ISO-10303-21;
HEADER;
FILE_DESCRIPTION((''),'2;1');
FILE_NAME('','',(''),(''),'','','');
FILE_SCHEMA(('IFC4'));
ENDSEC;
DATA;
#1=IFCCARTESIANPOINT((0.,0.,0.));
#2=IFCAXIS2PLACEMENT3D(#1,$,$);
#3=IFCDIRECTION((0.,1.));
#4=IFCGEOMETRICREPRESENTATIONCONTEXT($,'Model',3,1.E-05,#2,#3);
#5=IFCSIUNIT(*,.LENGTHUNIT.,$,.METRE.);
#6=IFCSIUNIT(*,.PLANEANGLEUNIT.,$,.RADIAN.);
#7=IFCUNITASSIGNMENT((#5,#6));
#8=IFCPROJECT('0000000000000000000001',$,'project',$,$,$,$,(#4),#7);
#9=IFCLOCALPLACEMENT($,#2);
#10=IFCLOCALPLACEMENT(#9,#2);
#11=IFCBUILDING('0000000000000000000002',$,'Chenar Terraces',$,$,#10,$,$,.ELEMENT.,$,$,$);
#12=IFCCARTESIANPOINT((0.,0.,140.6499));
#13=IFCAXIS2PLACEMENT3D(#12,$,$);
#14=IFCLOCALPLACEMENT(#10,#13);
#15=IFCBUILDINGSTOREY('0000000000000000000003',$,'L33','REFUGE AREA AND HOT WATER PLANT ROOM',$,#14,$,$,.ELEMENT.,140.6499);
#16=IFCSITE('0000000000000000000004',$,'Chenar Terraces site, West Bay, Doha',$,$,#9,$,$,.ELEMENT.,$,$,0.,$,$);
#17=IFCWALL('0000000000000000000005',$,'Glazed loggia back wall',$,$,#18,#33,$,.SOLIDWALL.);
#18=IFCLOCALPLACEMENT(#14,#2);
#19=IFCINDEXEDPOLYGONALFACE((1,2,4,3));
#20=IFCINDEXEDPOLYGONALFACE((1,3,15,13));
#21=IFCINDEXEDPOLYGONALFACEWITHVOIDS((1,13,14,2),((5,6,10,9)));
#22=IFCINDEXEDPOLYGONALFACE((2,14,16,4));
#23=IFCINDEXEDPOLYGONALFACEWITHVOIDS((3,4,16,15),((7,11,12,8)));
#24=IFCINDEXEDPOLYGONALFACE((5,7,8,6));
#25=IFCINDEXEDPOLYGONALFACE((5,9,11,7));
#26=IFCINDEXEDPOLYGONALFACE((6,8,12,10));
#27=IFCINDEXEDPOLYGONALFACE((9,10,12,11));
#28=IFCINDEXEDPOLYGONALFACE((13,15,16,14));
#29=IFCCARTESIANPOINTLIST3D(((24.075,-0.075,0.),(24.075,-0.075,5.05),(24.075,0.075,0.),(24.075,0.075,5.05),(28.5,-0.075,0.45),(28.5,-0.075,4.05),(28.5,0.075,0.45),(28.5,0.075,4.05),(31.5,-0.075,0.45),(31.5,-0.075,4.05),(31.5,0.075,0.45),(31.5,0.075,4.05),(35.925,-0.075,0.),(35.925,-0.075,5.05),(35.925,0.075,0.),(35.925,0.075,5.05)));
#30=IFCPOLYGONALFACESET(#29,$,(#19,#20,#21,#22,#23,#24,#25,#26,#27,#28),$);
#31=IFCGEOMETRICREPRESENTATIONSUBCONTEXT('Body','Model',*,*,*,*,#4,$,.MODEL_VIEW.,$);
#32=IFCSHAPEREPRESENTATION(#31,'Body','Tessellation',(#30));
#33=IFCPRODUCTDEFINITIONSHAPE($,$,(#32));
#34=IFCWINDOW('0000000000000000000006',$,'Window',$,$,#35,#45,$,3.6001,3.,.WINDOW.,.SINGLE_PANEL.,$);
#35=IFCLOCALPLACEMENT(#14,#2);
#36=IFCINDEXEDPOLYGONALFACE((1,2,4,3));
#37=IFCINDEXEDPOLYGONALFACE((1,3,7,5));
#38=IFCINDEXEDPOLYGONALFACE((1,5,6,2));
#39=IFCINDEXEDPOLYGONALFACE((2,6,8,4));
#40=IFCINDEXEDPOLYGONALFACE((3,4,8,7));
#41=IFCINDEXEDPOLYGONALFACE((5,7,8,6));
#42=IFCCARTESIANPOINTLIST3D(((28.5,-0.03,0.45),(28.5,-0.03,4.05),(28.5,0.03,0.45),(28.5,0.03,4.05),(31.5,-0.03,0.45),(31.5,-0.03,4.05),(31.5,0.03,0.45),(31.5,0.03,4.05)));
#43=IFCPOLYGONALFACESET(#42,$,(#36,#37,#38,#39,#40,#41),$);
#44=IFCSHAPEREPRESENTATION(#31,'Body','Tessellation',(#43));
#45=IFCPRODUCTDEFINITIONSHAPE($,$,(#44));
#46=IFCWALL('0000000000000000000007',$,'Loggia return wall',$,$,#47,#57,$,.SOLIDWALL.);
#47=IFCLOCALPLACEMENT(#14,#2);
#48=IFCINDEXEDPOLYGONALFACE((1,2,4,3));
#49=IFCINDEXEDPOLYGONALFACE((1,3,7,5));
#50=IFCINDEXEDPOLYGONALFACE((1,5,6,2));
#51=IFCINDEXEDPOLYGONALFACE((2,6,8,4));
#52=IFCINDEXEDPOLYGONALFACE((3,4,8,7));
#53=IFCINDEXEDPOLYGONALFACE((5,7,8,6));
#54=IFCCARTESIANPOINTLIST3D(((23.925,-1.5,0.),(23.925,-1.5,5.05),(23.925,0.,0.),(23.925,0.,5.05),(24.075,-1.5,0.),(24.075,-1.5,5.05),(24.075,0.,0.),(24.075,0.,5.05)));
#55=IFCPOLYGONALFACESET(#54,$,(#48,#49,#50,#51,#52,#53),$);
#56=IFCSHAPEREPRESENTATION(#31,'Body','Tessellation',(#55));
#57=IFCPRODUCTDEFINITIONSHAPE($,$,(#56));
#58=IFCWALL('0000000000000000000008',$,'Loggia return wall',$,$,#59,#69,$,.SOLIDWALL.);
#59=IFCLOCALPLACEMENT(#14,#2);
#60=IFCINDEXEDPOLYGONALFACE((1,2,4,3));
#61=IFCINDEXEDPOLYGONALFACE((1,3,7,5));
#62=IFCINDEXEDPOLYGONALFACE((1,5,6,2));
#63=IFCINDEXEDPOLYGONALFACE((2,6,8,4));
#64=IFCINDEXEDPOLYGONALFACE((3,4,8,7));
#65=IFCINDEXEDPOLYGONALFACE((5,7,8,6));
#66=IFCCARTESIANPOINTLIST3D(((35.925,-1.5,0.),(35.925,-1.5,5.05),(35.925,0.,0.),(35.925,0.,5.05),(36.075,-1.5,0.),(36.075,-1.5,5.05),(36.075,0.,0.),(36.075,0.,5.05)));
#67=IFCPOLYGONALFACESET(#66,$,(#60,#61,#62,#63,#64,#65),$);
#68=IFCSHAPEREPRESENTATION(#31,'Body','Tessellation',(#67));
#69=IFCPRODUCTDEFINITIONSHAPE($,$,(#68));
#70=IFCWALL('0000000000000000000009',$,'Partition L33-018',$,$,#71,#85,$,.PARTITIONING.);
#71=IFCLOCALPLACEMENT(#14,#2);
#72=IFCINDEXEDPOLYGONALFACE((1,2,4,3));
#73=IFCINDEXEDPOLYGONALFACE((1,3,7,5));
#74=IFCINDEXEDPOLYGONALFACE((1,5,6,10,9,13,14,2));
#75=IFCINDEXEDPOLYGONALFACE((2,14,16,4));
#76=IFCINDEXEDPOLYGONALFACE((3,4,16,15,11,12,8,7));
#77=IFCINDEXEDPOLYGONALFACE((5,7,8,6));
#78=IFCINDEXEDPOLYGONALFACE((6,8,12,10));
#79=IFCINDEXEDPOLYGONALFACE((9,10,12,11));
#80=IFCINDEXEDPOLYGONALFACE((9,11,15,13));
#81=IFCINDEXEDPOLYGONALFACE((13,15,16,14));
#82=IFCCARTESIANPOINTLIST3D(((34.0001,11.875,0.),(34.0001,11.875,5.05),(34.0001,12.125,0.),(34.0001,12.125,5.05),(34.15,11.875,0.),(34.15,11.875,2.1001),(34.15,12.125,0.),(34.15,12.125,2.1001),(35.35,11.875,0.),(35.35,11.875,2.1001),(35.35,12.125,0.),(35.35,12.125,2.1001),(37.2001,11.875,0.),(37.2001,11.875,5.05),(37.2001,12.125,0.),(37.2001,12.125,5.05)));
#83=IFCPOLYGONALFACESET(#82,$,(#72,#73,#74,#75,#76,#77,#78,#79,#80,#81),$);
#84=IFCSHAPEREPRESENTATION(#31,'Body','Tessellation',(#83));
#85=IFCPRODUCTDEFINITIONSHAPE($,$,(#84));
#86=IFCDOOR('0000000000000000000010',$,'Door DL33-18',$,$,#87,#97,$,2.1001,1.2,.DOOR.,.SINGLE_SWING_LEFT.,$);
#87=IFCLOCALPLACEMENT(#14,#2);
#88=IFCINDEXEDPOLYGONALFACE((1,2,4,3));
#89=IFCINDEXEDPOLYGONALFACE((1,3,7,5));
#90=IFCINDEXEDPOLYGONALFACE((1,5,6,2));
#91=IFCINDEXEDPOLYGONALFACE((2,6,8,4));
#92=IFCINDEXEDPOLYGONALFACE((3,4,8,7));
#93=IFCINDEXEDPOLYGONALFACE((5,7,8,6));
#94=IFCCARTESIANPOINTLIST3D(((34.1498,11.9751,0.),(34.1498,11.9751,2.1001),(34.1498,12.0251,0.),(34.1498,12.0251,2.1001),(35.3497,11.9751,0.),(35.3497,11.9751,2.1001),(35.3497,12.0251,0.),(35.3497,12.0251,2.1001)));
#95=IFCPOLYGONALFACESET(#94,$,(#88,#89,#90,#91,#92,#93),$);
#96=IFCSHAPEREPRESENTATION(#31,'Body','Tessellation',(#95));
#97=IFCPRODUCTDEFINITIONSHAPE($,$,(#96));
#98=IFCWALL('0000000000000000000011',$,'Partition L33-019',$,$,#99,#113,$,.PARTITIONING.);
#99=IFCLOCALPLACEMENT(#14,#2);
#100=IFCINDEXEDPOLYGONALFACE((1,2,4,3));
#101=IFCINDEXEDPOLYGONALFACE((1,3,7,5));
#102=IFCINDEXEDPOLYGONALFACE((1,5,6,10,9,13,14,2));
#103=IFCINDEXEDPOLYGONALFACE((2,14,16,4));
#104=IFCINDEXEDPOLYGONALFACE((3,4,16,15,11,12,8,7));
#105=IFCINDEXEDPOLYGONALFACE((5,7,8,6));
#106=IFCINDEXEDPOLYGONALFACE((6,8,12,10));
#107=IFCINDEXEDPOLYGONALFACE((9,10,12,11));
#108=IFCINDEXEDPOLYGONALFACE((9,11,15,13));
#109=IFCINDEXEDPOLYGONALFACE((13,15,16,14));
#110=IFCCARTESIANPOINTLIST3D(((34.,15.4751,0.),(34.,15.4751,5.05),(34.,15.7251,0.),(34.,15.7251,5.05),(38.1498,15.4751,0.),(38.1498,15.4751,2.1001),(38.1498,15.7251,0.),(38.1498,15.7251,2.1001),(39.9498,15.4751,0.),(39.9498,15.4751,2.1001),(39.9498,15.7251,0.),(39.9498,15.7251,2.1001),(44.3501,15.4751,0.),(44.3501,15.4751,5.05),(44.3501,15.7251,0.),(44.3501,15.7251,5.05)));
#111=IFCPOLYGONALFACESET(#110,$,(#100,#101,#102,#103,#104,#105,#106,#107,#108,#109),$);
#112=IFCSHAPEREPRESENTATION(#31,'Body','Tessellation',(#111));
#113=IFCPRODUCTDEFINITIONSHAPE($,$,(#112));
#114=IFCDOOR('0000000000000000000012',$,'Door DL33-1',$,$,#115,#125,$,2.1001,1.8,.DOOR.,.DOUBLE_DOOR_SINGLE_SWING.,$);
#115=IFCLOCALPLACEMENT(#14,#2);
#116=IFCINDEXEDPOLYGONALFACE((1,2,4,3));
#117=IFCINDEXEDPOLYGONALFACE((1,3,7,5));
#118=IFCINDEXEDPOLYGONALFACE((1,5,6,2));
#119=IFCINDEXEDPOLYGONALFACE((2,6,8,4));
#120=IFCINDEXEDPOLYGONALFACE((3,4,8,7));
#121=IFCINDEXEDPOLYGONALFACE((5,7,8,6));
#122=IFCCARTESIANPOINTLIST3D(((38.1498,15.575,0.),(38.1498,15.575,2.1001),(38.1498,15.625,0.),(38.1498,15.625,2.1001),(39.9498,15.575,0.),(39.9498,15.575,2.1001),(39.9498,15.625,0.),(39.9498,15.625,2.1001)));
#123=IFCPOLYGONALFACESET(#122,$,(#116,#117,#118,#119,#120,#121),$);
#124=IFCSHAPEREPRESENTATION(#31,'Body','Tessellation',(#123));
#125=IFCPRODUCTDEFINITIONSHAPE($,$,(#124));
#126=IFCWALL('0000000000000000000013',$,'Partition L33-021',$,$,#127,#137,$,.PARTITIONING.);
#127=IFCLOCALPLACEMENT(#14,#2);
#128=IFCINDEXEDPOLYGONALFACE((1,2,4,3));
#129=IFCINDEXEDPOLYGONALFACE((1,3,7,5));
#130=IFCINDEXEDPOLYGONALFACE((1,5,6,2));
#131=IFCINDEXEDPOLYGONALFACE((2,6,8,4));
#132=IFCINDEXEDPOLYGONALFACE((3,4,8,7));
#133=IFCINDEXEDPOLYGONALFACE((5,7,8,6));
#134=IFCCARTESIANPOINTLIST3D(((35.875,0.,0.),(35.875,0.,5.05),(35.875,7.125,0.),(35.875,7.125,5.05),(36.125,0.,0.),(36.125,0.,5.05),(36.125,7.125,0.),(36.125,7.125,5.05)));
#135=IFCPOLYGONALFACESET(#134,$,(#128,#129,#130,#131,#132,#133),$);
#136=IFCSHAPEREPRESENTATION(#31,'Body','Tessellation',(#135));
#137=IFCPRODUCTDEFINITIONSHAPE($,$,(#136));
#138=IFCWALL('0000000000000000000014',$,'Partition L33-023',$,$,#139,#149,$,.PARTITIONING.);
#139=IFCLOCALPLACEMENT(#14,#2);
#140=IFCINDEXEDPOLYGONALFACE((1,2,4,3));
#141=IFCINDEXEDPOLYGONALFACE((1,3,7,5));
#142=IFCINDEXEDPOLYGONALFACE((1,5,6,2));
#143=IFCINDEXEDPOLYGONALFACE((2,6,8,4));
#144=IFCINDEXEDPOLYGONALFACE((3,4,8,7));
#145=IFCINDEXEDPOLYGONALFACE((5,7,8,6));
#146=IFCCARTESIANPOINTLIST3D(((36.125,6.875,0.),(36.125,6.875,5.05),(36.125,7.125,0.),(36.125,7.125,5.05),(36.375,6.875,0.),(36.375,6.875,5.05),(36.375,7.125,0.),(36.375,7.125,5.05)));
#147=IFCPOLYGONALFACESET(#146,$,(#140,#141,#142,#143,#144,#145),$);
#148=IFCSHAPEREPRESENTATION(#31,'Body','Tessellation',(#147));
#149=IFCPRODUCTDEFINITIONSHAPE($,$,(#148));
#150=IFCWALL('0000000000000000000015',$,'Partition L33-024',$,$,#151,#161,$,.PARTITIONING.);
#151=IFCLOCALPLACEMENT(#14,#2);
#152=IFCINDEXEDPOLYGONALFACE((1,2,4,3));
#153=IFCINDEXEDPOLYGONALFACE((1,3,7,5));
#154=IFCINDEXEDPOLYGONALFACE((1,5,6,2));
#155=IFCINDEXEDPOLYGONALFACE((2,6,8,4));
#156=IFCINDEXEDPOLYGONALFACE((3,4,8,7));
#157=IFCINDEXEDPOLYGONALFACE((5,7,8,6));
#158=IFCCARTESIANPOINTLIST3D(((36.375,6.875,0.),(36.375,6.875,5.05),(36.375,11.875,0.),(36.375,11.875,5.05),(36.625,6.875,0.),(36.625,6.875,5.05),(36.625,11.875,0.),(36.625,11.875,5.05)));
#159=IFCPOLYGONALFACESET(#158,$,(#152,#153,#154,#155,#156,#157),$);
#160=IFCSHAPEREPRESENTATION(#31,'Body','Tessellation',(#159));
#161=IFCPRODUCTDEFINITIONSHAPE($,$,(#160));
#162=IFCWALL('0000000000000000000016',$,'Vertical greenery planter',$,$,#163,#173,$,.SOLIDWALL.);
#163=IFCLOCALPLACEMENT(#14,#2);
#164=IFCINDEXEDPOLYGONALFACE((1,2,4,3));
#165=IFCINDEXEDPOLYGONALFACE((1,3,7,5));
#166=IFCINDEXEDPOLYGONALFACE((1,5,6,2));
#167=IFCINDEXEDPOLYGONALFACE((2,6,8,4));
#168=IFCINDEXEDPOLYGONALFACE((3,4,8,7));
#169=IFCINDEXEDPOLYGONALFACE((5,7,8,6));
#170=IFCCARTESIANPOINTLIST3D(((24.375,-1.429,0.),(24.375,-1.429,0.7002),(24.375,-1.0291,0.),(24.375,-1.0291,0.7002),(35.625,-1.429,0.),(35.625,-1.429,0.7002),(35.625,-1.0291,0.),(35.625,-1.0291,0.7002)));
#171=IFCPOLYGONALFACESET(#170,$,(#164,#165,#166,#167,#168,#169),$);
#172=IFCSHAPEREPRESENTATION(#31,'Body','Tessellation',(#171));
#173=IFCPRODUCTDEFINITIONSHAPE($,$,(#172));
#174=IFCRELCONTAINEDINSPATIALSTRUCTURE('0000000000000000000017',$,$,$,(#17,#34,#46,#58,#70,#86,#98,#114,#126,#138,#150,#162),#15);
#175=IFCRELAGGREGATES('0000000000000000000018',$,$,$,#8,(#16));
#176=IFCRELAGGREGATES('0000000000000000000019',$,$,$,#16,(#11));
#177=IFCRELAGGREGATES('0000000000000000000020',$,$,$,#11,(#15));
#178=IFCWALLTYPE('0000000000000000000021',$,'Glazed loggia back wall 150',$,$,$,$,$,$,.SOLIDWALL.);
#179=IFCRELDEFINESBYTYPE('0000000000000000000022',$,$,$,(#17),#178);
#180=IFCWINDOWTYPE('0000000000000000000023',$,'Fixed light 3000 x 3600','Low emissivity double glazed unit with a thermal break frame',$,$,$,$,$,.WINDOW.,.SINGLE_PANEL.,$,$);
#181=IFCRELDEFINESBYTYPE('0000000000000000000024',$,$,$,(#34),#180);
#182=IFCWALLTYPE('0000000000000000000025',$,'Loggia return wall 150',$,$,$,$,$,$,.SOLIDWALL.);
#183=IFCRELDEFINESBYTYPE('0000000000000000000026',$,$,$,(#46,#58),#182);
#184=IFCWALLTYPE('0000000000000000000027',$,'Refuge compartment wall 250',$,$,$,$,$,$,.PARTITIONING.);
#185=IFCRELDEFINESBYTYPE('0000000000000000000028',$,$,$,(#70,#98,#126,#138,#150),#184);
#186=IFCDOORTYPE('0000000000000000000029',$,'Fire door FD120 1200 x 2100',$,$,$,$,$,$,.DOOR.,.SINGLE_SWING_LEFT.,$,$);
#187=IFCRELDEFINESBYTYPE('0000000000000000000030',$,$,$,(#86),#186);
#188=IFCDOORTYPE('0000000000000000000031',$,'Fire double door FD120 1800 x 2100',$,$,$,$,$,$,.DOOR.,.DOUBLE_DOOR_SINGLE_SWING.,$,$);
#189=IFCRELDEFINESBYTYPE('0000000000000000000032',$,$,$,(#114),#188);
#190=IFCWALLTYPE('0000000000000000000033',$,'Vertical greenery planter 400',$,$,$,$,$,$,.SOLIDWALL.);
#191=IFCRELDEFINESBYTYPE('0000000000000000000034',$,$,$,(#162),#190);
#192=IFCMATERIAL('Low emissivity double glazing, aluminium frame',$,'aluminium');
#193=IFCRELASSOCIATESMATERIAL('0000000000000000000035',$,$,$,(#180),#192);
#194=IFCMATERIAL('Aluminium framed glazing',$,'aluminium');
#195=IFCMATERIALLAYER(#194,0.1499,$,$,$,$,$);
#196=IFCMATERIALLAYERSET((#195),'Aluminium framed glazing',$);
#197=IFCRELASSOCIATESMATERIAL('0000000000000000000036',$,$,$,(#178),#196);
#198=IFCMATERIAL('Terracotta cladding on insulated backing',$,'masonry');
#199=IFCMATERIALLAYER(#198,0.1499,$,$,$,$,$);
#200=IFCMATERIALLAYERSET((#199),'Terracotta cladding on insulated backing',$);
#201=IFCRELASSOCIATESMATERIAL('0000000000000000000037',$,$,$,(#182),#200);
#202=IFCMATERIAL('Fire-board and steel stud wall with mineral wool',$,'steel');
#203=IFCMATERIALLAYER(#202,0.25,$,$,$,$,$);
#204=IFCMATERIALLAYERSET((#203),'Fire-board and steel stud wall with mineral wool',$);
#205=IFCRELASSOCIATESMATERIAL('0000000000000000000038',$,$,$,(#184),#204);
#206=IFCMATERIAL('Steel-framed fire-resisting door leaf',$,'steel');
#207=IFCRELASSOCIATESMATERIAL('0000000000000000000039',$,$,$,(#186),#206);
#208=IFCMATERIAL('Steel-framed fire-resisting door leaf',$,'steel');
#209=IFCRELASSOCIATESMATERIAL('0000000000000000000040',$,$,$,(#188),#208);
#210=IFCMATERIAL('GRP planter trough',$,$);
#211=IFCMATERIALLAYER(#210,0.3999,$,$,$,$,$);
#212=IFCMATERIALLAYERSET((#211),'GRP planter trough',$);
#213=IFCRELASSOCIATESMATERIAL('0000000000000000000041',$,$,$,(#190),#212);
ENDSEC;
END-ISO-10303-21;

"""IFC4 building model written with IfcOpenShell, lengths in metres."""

from ifc_helpers import new_model, si_unit, direction, frame, frame_2d, origin, place, context, subcontext, project, spatial, rectangle, extrude, material, layer, layer_set, type_object, element, fill, save


model = new_model("IFC4")

# Units and contexts
model_context = context("Model", 3, precision=1e-05, world=origin(), true_north=direction((0.0, 1.0)))
body_context = subcontext(model_context, "Body", "Model", "MODEL_VIEW")
ifc_project = project(units=[si_unit("LENGTHUNIT", "METRE"), si_unit("PLANEANGLEUNIT", "RADIAN")], contexts=[model_context])

# Site, building, storey
site_placement = place(None, origin())
site = spatial("IfcSite", under=ifc_project, at=site_placement, Name="Chenar Terraces site, West Bay, Doha", CompositionType="ELEMENT", RefElevation=0.0)
building_placement = place(site_placement, origin())
building = spatial("IfcBuilding", under=site, at=building_placement, Name="Chenar Terraces", CompositionType="ELEMENT")
storey_placement = place(building_placement, frame((0.0, 0.0, 140.6499)))
storey = spatial("IfcBuildingStorey", under=building, at=storey_placement, Name="L33", Description="REFUGE AREA AND HOT WATER PLANT ROOM", CompositionType="ELEMENT", Elevation=140.6499)

# Shared definitions
ifc_material_1 = material(Name="Low emissivity double glazing, aluminium frame", Category="aluminium")
window_type_1 = type_object("IfcWindowType", Name="Fixed light 3000 x 3600", Description="Low emissivity double glazed unit with a thermal break frame", PartitioningType="SINGLE_PANEL", PredefinedType="WINDOW", material=ifc_material_1)

# Wall, opening, window
ifc_material_2 = material(Name="Aluminium framed glazing", Category="aluminium")
ifc_layer_1 = layer(ifc_material_2, 0.1499)
ifc_layer_set_1 = layer_set([ifc_layer_1], Name="Aluminium framed glazing")
wall_type_1 = type_object("IfcWallType", Name="Glazed loggia back wall 150", PredefinedType="SOLIDWALL", material=ifc_layer_set_1)
wall_1_placement = place(storey_placement, frame((24.075, 0.0, 0.0), z_axis=(0.0, 0.0, 1.0), x_axis=(1.0, 0.0, 0.0)))
wall_1 = element("IfcWall", 1, at=wall_1_placement, inside=storey, type_object=wall_type_1, Name="Glazed loggia back wall", PredefinedType="SOLIDWALL", context=body_context, shape_type="SweptSolid", body=[
    extrude(rectangle(XDim=11.8501, YDim=0.1499, at=frame_2d((5.925, 0.0))), origin(), (0.0, 0.0, 1.0), 5.05),
])
opening_1_placement = place(wall_1_placement, frame((4.425, 0.0, 0.45)))
opening_1 = element("IfcOpeningElement", 2, at=opening_1_placement, cuts=wall_1, PredefinedType="OPENING", context=body_context, shape_type="SweptSolid", body=[
    extrude(rectangle(XDim=3.0, YDim=3.6001, at=frame_2d((1.5, 1.8))), frame((0.0, 0.085, 0.0), z_axis=(0.0, -1.0, 0.0), x_axis=(1.0, 0.0, 0.0)), (0.0, 0.0, 1.0), 0.1699),
])
window_1_placement = place(opening_1_placement, origin())
window_1 = element("IfcWindow", 3, at=window_1_placement, inside=storey, type_object=window_type_1, Name="Window", OverallHeight=3.6001, OverallWidth=3.0, PartitioningType="SINGLE_PANEL", PredefinedType="WINDOW", context=body_context, shape_type="SweptSolid", body=[
    extrude(rectangle(XDim=3.0, YDim=3.6001, at=frame_2d((1.5, 1.8))), frame((0.0, 0.03, 0.0), z_axis=(0.0, -1.0, 0.0), x_axis=(1.0, 0.0, 0.0)), (0.0, 0.0, 1.0), 0.0601),
])
fill(opening_1, window_1)

# Walls
ifc_material_3 = material(Name="Terracotta cladding on insulated backing", Category="masonry")
ifc_layer_2 = layer(ifc_material_3, 0.1499)
ifc_layer_set_2 = layer_set([ifc_layer_2], Name="Terracotta cladding on insulated backing")
wall_type_2 = type_object("IfcWallType", Name="Loggia return wall 150", PredefinedType="SOLIDWALL", material=ifc_layer_set_2)
for number, where, z_axis, x_axis, name in (
    (4, (24.0, -1.5, 0.0), (0.0, 0.0, 1.0), (0.0, 1.0, 0.0), "Loggia return wall"),
    (5, (36.0, -1.5, 0.0), (0.0, 0.0, 1.0), (0.0, 1.0, 0.0), "Loggia return wall"),
):
    element("IfcWall", number, at=place(storey_placement, frame(where, z_axis=z_axis, x_axis=x_axis)), inside=storey, type_object=wall_type_2, Name=name, PredefinedType="SOLIDWALL", context=body_context, shape_type="SweptSolid", body=[
        extrude(rectangle(XDim=1.5, YDim=0.1499, at=frame_2d((0.75, 0.0))), origin(), (0.0, 0.0, 1.0), 5.05),
    ])

# Walls, openings, doors
ifc_material_4 = material(Name="Fire-board and steel stud wall with mineral wool", Category="steel")
ifc_layer_3 = layer(ifc_material_4, 0.25)
ifc_layer_set_3 = layer_set([ifc_layer_3], Name="Fire-board and steel stud wall with mineral wool")
wall_type_3 = type_object("IfcWallType", Name="Refuge compartment wall 250", PredefinedType="PARTITIONING", material=ifc_layer_set_3)
wall_2_placement = place(storey_placement, frame((34.0, 12.0, 0.0), z_axis=(0.0, 0.0, 1.0), x_axis=(1.0, 0.0, 0.0)))
wall_2 = element("IfcWall", 6, at=wall_2_placement, inside=storey, type_object=wall_type_3, Name="Partition L33-018", PredefinedType="PARTITIONING", context=body_context, shape_type="SweptSolid", body=[
    extrude(rectangle(XDim=3.2, YDim=0.25, at=frame_2d((1.6001, 0.0))), origin(), (0.0, 0.0, 1.0), 5.05),
])
opening_2_placement = place(wall_2_placement, frame((0.1499, 0.0, 0.0)))
opening_2 = element("IfcOpeningElement", 7, at=opening_2_placement, cuts=wall_2, PredefinedType="OPENING", context=body_context, shape_type="SweptSolid", body=[
    extrude(rectangle(XDim=1.2, YDim=2.1001, at=frame_2d((0.6001, 1.05))), frame((0.0, 0.135, 0.0), z_axis=(0.0, -1.0, 0.0), x_axis=(1.0, 0.0, 0.0)), (0.0, 0.0, 1.0), 0.27),
])
ifc_material_5 = material(Name="Steel-framed fire-resisting door leaf", Category="steel")
door_type_1 = type_object("IfcDoorType", Name="Fire door FD120 1200 x 2100", OperationType="SINGLE_SWING_LEFT", PredefinedType="DOOR", material=ifc_material_5)
door_1_placement = place(opening_2_placement, frame((1.2, 0.0, 0.0), z_axis=(0.0, 0.0, 1.0), x_axis=(-1.0, 0.0, 0.0)))
door_1 = element("IfcDoor", 8, at=door_1_placement, inside=storey, type_object=door_type_1, Name="Door DL33-18", OperationType="SINGLE_SWING_LEFT", OverallHeight=2.1001, OverallWidth=1.2, PredefinedType="DOOR", context=body_context, shape_type="SweptSolid", body=[
    extrude(rectangle(XDim=1.2, YDim=2.1001, at=frame_2d((0.6001, 1.05))), frame((0.0, 0.0249, 0.0), z_axis=(0.0, -1.0, 0.0), x_axis=(1.0, 0.0, 0.0)), (0.0, 0.0, 1.0), 0.05),
])
fill(opening_2, door_1)
wall_3_placement = place(storey_placement, frame((34.0, 15.6001, 0.0), z_axis=(0.0, 0.0, 1.0), x_axis=(1.0, 0.0, 0.0)))
wall_3 = element("IfcWall", 9, at=wall_3_placement, inside=storey, type_object=wall_type_3, Name="Partition L33-019", PredefinedType="PARTITIONING", context=body_context, shape_type="SweptSolid", body=[
    extrude(rectangle(XDim=10.3501, YDim=0.25, at=frame_2d((5.175, 0.0))), origin(), (0.0, 0.0, 1.0), 5.05),
])
opening_3_placement = place(wall_3_placement, frame((4.1499, 0.0, 0.0)))
opening_3 = element("IfcOpeningElement", 10, at=opening_3_placement, cuts=wall_3, PredefinedType="OPENING", context=body_context, shape_type="SweptSolid", body=[
    extrude(rectangle(XDim=1.8, YDim=2.1001, at=frame_2d((0.8999, 1.05))), frame((0.0, 0.135, 0.0), z_axis=(0.0, -1.0, 0.0), x_axis=(1.0, 0.0, 0.0)), (0.0, 0.0, 1.0), 0.27),
])
ifc_material_6 = material(Name="Steel-framed fire-resisting door leaf", Category="steel")
door_type_2 = type_object("IfcDoorType", Name="Fire double door FD120 1800 x 2100", OperationType="DOUBLE_DOOR_SINGLE_SWING", PredefinedType="DOOR", material=ifc_material_6)
door_2_placement = place(opening_3_placement, origin())
door_2 = element("IfcDoor", 11, at=door_2_placement, inside=storey, type_object=door_type_2, Name="Door DL33-1", OperationType="DOUBLE_DOOR_SINGLE_SWING", OverallHeight=2.1001, OverallWidth=1.8, PredefinedType="DOOR", context=body_context, shape_type="SweptSolid", body=[
    extrude(rectangle(XDim=1.8, YDim=2.1001, at=frame_2d((0.8999, 1.05))), frame((0.0, 0.0249, 0.0), z_axis=(0.0, -1.0, 0.0), x_axis=(1.0, 0.0, 0.0)), (0.0, 0.0, 1.0), 0.05),
])
fill(opening_3, door_2)

# Walls
wall_4_placement = place(storey_placement, frame((36.0, 0.0, 0.0), z_axis=(0.0, 0.0, 1.0), x_axis=(0.0, 1.0, 0.0)))
element("IfcWall", 12, at=wall_4_placement, inside=storey, type_object=wall_type_3, Name="Partition L33-021", PredefinedType="PARTITIONING", context=body_context, shape_type="SweptSolid", body=[
    extrude(rectangle(XDim=7.125, YDim=0.25, at=frame_2d((3.5625, 0.0))), origin(), (0.0, 0.0, 1.0), 5.05),
])
wall_5_placement = place(storey_placement, frame((36.125, 7.0, 0.0), z_axis=(0.0, 0.0, 1.0), x_axis=(1.0, 0.0, 0.0)))
element("IfcWall", 13, at=wall_5_placement, inside=storey, type_object=wall_type_3, Name="Partition L33-023", PredefinedType="PARTITIONING", context=body_context, shape_type="SweptSolid", body=[
    extrude(rectangle(XDim=0.25, YDim=0.25, at=frame_2d((0.125, 0.0))), origin(), (0.0, 0.0, 1.0), 5.05),
])
wall_6_placement = place(storey_placement, frame((36.5, 6.875, 0.0), z_axis=(0.0, 0.0, 1.0), x_axis=(0.0, 1.0, 0.0)))
element("IfcWall", 14, at=wall_6_placement, inside=storey, type_object=wall_type_3, Name="Partition L33-024", PredefinedType="PARTITIONING", context=body_context, shape_type="SweptSolid", body=[
    extrude(rectangle(XDim=5.0, YDim=0.25, at=frame_2d((2.5, 0.0))), origin(), (0.0, 0.0, 1.0), 5.05),
])
ifc_material_7 = material(Name="GRP planter trough")
ifc_layer_4 = layer(ifc_material_7, 0.3999)
ifc_layer_set_4 = layer_set([ifc_layer_4], Name="GRP planter trough")
wall_type_4 = type_object("IfcWallType", Name="Vertical greenery planter 400", PredefinedType="SOLIDWALL", material=ifc_layer_set_4)
wall_7_placement = place(storey_placement, frame((24.375, -1.229, 0.0), z_axis=(0.0, 0.0, 1.0), x_axis=(1.0, 0.0, 0.0)))
element("IfcWall", 15, at=wall_7_placement, inside=storey, type_object=wall_type_4, Name="Vertical greenery planter", PredefinedType="SOLIDWALL", context=body_context, shape_type="SweptSolid", body=[
    extrude(rectangle(XDim=11.25, YDim=0.3999, at=frame_2d((5.625, 0.0))), origin(), (0.0, 0.0, 1.0), 0.7002),
])

save(model, "model.ifc")
